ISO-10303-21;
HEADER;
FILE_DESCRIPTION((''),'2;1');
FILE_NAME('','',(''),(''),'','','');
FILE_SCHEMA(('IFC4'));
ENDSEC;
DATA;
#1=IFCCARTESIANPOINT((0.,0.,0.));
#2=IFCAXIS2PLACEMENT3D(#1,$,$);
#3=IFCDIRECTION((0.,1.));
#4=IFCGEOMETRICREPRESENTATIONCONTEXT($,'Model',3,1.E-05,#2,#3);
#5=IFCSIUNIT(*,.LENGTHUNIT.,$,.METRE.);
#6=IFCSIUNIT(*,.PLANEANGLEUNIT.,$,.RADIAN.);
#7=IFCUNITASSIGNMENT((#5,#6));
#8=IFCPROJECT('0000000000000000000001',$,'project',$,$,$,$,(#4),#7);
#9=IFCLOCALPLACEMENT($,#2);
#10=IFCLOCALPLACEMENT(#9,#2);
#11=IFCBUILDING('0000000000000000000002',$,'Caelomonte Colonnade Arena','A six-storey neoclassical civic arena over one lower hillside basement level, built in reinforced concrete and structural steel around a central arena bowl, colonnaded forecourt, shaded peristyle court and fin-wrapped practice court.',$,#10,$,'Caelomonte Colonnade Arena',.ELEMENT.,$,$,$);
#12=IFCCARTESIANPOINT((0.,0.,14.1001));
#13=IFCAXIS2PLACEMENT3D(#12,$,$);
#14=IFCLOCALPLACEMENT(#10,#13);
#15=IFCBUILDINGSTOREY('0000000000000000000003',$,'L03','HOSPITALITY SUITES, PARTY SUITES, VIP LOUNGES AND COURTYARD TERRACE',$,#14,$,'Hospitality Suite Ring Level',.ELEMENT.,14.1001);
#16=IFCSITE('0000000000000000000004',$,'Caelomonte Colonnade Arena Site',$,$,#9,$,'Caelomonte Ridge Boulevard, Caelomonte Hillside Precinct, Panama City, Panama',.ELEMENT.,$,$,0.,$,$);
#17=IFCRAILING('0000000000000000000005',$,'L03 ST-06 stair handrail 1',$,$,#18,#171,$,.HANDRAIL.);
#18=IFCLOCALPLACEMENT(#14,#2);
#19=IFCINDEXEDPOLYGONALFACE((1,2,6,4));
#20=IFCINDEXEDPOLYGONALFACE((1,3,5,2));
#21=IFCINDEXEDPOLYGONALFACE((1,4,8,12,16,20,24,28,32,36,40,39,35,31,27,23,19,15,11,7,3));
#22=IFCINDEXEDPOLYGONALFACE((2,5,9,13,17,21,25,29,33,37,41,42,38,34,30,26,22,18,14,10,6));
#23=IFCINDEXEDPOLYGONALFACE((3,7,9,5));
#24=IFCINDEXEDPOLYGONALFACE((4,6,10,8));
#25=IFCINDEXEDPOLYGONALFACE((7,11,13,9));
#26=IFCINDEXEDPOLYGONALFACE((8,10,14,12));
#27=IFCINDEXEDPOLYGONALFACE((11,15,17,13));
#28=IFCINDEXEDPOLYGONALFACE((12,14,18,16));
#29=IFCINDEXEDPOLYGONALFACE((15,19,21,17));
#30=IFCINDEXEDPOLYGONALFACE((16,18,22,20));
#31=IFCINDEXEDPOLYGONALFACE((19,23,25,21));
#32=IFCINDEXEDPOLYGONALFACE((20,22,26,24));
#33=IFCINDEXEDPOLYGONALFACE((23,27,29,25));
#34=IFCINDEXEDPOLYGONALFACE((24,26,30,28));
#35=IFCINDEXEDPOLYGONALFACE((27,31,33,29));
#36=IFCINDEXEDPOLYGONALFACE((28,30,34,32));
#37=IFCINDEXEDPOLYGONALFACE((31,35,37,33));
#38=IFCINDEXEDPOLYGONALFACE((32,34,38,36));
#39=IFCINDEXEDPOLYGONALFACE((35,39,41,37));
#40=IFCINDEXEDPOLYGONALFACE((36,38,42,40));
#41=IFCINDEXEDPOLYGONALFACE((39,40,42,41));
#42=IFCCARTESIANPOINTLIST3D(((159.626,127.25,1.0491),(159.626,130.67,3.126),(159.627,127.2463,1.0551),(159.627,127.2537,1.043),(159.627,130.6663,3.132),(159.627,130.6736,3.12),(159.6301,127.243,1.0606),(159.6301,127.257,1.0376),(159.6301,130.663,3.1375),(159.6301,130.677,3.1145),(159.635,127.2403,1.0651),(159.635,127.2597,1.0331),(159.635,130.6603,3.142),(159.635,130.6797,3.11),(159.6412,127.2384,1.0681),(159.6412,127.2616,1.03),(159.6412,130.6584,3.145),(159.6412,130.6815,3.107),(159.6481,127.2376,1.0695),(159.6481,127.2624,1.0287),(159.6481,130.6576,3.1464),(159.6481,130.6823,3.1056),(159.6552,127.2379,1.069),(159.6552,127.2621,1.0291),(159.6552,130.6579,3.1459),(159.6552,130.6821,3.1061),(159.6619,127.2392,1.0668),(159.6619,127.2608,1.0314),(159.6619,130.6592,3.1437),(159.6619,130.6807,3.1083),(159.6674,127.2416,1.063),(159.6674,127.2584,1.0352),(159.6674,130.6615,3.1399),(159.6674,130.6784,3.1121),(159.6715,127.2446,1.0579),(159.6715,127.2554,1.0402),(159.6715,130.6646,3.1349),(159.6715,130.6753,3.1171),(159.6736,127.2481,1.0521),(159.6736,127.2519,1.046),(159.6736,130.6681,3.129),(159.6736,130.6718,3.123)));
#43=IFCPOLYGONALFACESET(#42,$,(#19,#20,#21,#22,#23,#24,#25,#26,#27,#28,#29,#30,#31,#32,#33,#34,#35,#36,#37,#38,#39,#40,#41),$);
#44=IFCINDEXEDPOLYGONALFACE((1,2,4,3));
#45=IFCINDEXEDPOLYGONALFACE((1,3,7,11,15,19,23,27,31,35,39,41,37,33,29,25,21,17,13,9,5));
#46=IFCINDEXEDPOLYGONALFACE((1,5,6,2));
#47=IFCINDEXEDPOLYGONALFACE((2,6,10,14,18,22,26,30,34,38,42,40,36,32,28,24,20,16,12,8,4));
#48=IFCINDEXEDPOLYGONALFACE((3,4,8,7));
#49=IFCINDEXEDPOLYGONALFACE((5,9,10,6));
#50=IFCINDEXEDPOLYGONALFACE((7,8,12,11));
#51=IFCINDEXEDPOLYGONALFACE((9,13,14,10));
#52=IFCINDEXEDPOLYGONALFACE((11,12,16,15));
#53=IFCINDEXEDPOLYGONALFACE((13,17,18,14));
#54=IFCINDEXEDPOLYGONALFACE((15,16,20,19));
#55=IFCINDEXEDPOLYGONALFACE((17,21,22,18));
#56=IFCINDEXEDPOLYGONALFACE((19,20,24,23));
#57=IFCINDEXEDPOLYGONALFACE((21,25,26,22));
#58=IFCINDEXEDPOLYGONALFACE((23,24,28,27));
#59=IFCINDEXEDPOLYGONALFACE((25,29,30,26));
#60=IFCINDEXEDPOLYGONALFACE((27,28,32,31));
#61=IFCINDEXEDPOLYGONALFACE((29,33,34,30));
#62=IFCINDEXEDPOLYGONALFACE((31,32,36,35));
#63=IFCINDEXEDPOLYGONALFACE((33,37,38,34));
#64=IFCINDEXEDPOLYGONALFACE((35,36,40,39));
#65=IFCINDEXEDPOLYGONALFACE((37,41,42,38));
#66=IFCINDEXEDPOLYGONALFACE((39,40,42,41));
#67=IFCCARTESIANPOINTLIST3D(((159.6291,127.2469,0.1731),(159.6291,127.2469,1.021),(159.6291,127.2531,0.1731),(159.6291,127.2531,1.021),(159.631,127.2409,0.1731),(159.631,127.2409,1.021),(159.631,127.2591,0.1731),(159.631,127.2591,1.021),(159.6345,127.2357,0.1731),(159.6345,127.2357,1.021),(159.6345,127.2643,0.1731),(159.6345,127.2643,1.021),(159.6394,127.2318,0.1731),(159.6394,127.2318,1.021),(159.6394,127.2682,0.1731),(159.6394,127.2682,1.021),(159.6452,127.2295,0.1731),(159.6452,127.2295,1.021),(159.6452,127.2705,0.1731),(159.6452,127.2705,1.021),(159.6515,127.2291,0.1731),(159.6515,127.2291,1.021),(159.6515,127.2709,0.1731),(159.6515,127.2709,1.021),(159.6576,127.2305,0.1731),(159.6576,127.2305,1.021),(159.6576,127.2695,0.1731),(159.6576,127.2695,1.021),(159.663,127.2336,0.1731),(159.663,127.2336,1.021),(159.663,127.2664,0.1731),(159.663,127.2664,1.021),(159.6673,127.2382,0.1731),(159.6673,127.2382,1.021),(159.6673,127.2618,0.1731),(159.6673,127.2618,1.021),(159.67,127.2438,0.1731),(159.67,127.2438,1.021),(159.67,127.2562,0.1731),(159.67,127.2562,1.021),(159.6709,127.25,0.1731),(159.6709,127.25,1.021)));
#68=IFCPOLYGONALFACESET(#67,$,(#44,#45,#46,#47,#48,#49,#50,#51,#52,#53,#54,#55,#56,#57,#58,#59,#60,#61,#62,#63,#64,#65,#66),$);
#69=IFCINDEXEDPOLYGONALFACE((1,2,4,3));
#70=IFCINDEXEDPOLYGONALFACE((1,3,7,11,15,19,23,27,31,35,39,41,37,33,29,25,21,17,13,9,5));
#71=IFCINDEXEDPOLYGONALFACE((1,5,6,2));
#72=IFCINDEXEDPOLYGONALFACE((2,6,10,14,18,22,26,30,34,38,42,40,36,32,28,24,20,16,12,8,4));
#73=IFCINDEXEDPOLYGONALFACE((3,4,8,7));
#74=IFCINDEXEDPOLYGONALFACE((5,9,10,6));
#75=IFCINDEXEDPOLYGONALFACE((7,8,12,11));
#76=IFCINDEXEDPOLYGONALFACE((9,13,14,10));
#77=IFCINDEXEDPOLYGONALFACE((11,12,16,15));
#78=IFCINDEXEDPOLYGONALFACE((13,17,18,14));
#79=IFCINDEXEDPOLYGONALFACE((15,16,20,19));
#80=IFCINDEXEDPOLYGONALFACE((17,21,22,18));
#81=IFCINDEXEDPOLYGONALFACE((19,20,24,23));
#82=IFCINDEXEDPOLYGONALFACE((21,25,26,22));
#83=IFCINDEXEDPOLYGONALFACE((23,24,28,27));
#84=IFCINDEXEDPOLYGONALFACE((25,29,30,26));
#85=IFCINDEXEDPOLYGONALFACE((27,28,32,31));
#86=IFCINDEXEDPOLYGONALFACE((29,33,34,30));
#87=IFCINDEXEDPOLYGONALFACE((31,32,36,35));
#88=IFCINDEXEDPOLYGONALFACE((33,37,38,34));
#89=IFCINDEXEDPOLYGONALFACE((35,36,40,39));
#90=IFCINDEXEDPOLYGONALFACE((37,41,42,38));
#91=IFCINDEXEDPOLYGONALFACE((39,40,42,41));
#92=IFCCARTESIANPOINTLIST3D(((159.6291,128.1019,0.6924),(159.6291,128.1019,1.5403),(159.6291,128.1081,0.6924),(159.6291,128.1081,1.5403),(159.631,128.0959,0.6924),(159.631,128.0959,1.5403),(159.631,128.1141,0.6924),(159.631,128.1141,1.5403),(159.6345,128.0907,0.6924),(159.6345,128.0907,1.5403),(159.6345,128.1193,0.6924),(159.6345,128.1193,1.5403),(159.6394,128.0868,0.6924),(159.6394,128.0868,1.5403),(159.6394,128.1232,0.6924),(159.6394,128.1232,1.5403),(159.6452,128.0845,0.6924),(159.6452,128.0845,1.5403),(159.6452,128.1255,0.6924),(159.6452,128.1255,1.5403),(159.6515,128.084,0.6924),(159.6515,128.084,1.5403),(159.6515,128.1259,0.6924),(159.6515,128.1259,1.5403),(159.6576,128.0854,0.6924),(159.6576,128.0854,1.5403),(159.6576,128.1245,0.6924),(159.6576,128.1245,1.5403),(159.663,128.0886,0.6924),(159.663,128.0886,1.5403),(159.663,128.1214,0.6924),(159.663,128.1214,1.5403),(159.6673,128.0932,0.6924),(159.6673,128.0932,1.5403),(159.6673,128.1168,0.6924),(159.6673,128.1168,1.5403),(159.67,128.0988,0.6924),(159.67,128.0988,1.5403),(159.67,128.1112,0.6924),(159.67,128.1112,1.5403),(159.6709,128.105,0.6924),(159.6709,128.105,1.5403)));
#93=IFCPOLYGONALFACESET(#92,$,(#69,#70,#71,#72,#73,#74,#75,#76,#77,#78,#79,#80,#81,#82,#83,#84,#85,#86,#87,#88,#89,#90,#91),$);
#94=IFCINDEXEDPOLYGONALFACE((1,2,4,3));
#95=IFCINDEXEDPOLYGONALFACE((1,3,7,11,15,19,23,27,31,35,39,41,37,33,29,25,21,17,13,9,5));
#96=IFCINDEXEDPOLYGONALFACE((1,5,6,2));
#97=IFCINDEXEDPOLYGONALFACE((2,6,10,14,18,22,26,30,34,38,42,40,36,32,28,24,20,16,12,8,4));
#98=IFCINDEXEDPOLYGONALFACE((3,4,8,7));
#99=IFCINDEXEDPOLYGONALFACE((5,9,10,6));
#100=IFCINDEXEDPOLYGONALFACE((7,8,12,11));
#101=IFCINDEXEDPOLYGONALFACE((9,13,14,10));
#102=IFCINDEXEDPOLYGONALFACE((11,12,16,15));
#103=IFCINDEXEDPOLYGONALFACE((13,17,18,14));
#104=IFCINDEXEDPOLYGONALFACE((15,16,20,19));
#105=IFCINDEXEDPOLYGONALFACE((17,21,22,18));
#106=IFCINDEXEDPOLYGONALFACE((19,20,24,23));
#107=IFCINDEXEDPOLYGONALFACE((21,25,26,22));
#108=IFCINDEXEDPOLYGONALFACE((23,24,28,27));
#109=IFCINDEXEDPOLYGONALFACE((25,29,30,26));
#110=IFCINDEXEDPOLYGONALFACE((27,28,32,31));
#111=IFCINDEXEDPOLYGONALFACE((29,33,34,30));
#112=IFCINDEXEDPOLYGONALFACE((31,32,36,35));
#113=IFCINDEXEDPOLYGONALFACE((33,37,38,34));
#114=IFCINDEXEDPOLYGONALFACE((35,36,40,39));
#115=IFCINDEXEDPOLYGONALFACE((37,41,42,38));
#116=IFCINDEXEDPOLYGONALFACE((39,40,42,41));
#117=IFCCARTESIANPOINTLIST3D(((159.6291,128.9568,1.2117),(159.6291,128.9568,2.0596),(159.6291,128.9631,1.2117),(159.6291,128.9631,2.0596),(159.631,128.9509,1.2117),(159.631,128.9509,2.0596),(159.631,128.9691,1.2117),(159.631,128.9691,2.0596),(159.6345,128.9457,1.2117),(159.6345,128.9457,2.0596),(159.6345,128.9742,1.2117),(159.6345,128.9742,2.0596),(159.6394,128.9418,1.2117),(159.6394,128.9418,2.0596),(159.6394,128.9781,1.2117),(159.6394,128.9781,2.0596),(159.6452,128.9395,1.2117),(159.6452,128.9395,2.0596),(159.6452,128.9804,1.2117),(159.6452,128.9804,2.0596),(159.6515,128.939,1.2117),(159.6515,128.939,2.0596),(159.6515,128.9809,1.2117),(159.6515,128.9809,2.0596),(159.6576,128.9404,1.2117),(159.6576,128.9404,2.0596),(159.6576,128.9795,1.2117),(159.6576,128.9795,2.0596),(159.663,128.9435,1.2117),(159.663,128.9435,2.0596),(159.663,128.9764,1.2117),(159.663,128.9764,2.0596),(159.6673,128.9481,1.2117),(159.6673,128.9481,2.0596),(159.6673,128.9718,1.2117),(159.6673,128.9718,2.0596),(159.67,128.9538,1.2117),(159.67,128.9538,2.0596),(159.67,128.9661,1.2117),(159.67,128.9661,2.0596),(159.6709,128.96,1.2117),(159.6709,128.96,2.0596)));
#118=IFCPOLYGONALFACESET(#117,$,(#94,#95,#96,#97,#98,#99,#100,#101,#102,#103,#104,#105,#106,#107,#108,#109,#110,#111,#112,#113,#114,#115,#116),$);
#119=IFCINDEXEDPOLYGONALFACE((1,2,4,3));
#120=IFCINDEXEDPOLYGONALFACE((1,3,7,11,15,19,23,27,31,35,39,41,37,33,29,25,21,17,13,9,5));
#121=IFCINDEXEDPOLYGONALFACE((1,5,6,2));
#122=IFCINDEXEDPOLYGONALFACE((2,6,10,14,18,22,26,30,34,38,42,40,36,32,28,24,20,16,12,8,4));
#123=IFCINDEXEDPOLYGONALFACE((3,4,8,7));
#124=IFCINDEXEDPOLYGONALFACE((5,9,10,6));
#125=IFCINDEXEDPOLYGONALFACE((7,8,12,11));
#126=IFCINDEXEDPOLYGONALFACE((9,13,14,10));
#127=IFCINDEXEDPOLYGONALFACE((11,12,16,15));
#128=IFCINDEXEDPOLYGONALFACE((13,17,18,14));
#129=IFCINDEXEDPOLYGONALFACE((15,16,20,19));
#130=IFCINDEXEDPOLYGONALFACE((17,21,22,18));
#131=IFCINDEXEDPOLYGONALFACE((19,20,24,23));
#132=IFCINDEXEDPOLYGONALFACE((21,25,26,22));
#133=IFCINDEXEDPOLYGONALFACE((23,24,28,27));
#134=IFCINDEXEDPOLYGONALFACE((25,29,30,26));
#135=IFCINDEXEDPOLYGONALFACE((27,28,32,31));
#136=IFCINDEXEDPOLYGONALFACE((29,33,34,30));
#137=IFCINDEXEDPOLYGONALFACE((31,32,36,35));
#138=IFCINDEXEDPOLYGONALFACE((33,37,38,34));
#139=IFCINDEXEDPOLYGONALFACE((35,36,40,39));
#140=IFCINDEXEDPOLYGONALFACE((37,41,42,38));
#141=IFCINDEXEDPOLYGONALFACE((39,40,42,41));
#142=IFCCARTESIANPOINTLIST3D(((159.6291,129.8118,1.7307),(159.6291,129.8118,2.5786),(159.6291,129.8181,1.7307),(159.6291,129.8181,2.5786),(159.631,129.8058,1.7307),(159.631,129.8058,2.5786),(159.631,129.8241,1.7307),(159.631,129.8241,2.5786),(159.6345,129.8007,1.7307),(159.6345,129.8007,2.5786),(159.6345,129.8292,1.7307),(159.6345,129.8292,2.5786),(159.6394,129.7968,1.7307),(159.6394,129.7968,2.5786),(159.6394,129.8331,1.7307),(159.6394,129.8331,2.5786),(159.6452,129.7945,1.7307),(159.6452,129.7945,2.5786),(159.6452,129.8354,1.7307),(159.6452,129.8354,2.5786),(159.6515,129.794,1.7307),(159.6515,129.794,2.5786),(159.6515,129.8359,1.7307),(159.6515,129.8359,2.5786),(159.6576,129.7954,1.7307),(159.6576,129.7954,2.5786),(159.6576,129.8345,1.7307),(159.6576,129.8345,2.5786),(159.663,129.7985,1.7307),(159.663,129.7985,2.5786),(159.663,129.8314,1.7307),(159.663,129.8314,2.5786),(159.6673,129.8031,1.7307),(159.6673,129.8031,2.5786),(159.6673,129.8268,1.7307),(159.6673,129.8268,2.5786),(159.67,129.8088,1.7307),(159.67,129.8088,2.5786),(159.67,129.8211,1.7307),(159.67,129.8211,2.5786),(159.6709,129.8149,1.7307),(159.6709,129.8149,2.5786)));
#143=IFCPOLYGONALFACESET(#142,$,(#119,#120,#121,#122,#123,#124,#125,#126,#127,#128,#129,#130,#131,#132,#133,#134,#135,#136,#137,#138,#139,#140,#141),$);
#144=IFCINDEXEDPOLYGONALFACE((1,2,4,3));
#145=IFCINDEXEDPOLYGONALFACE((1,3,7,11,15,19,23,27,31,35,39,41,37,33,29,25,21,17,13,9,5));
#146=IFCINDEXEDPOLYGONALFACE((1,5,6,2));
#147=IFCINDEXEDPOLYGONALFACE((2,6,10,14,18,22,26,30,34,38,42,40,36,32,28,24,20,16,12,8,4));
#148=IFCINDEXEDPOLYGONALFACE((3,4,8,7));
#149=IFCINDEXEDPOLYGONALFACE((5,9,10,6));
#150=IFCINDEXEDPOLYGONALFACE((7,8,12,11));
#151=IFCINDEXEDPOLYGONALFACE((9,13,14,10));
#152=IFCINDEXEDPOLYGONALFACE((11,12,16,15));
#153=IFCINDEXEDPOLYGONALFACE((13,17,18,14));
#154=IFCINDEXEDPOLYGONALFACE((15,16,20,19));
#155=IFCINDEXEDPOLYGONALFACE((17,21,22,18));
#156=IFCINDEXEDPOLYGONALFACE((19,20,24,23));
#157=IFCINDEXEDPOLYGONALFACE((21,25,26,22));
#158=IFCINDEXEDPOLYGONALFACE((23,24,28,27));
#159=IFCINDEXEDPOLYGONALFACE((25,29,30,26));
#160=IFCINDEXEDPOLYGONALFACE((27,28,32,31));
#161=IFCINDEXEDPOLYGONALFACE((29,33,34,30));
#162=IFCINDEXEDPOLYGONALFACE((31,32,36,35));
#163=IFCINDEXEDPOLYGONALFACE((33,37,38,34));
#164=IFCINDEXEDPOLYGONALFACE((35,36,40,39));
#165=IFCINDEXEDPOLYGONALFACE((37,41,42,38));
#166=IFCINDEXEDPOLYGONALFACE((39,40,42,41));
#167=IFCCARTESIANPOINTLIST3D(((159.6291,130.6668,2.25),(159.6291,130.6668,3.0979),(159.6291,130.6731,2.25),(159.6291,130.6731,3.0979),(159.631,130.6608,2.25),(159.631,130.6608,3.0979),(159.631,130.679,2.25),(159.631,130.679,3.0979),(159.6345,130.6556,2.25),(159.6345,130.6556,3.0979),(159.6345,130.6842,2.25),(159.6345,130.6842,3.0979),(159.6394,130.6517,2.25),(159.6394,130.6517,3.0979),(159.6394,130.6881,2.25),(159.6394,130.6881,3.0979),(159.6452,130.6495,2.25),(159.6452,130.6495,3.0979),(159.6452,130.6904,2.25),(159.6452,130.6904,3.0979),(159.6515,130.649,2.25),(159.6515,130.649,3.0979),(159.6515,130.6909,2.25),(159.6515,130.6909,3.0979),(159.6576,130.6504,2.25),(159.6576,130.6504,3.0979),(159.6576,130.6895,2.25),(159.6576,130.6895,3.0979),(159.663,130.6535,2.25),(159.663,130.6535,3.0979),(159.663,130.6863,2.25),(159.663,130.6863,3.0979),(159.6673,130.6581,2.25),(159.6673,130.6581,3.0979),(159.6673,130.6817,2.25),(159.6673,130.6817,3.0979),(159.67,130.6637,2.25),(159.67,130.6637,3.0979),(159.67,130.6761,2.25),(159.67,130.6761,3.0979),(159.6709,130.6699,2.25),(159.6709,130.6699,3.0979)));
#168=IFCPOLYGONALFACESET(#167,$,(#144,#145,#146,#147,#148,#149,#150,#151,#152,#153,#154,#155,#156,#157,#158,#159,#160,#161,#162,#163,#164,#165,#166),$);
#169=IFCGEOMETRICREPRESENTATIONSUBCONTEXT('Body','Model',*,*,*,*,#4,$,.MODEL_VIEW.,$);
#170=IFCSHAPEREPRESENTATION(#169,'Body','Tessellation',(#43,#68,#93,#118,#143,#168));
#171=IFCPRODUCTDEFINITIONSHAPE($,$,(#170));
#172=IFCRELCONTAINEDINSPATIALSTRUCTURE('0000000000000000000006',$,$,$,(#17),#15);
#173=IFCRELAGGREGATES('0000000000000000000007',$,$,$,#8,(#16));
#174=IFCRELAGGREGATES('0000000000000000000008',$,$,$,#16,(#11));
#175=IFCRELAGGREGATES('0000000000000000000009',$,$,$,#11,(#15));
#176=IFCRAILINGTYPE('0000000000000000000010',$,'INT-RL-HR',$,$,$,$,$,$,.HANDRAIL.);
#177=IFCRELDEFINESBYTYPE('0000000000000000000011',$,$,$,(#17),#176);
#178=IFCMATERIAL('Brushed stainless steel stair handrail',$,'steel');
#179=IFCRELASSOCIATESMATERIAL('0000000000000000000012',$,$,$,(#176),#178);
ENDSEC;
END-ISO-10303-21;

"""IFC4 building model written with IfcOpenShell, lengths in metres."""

from ifc_helpers import new_model, si_unit, direction, frame, origin, origin_2d, place, context, subcontext, project, spatial, circle, extrude, material, type_object, element, save


model = new_model("IFC4")

# Units and contexts
model_context = context("Model", 3, precision=1e-05, world=origin(), true_north=direction((0.0, 1.0)))
body_context = subcontext(model_context, "Body", "Model", "MODEL_VIEW")
ifc_project = project(units=[si_unit("LENGTHUNIT", "METRE"), si_unit("PLANEANGLEUNIT", "RADIAN")], contexts=[model_context])

# Site, building, storey
site_placement = place(None, origin())
site = spatial("IfcSite", under=ifc_project, at=site_placement, Name="Caelomonte Colonnade Arena Site", LongName="Caelomonte Ridge Boulevard, Caelomonte Hillside Precinct, Panama City, Panama", CompositionType="ELEMENT", RefElevation=0.0)
building_placement = place(site_placement, origin())
building = spatial("IfcBuilding", under=site, at=building_placement, Name="Caelomonte Colonnade Arena", Description="A six-storey neoclassical civic arena over one lower hillside basement level, built in reinforced concrete and structural steel around a central arena bowl, colonnaded forecourt, shaded peristyle court and fin-wrapped practice court.", LongName="Caelomonte Colonnade Arena", CompositionType="ELEMENT")
storey_placement = place(building_placement, frame((0.0, 0.0, 14.1001)))
storey = spatial("IfcBuildingStorey", under=building, at=storey_placement, Name="L03", Description="HOSPITALITY SUITES, PARTY SUITES, VIP LOUNGES AND COURTYARD TERRACE", LongName="Hospitality Suite Ring Level", CompositionType="ELEMENT", Elevation=14.1001)

# Railing
ifc_material_1 = material(Name="Brushed stainless steel stair handrail", Category="steel")
railing_type_1 = type_object("IfcRailingType", Name="INT-RL-HR", PredefinedType="HANDRAIL", material=ifc_material_1)
railing_1_placement = place(storey_placement, frame((159.6499, 127.25, 0.1731)))
element("IfcRailing", 1, at=railing_1_placement, inside=storey, type_object=railing_type_1, Name="L03 ST-06 stair handrail 1", PredefinedType="HANDRAIL", context=body_context, shape_type="SweptSolid", body=[
    extrude(circle(Radius=0.0239, at=origin_2d()), frame((0.0, 0.0, 0.876), z_axis=(0.0, 0.85473, 0.519074), x_axis=(-1.0, 0.0, 0.0)), (0.0, 0.0, 1.0), 4.0012),
    extrude(circle(Radius=0.021, at=origin_2d()), origin(), (0.0, 0.0, 1.0), 0.8479),
    extrude(circle(Radius=0.021, at=origin_2d()), frame((0.0, 0.855, 0.5193)), (0.0, 0.0, 1.0), 0.8479),
    extrude(circle(Radius=0.021, at=origin_2d()), frame((0.0, 1.71, 1.0386)), (0.0, 0.0, 1.0), 0.8479),
    extrude(circle(Radius=0.021, at=origin_2d()), frame((0.0, 2.5649, 1.5576)), (0.0, 0.0, 1.0), 0.8479),
    extrude(circle(Radius=0.021, at=origin_2d()), frame((0.0, 3.4199, 2.0769)), (0.0, 0.0, 1.0), 0.8479),
])

save(model, "model.ifc")
